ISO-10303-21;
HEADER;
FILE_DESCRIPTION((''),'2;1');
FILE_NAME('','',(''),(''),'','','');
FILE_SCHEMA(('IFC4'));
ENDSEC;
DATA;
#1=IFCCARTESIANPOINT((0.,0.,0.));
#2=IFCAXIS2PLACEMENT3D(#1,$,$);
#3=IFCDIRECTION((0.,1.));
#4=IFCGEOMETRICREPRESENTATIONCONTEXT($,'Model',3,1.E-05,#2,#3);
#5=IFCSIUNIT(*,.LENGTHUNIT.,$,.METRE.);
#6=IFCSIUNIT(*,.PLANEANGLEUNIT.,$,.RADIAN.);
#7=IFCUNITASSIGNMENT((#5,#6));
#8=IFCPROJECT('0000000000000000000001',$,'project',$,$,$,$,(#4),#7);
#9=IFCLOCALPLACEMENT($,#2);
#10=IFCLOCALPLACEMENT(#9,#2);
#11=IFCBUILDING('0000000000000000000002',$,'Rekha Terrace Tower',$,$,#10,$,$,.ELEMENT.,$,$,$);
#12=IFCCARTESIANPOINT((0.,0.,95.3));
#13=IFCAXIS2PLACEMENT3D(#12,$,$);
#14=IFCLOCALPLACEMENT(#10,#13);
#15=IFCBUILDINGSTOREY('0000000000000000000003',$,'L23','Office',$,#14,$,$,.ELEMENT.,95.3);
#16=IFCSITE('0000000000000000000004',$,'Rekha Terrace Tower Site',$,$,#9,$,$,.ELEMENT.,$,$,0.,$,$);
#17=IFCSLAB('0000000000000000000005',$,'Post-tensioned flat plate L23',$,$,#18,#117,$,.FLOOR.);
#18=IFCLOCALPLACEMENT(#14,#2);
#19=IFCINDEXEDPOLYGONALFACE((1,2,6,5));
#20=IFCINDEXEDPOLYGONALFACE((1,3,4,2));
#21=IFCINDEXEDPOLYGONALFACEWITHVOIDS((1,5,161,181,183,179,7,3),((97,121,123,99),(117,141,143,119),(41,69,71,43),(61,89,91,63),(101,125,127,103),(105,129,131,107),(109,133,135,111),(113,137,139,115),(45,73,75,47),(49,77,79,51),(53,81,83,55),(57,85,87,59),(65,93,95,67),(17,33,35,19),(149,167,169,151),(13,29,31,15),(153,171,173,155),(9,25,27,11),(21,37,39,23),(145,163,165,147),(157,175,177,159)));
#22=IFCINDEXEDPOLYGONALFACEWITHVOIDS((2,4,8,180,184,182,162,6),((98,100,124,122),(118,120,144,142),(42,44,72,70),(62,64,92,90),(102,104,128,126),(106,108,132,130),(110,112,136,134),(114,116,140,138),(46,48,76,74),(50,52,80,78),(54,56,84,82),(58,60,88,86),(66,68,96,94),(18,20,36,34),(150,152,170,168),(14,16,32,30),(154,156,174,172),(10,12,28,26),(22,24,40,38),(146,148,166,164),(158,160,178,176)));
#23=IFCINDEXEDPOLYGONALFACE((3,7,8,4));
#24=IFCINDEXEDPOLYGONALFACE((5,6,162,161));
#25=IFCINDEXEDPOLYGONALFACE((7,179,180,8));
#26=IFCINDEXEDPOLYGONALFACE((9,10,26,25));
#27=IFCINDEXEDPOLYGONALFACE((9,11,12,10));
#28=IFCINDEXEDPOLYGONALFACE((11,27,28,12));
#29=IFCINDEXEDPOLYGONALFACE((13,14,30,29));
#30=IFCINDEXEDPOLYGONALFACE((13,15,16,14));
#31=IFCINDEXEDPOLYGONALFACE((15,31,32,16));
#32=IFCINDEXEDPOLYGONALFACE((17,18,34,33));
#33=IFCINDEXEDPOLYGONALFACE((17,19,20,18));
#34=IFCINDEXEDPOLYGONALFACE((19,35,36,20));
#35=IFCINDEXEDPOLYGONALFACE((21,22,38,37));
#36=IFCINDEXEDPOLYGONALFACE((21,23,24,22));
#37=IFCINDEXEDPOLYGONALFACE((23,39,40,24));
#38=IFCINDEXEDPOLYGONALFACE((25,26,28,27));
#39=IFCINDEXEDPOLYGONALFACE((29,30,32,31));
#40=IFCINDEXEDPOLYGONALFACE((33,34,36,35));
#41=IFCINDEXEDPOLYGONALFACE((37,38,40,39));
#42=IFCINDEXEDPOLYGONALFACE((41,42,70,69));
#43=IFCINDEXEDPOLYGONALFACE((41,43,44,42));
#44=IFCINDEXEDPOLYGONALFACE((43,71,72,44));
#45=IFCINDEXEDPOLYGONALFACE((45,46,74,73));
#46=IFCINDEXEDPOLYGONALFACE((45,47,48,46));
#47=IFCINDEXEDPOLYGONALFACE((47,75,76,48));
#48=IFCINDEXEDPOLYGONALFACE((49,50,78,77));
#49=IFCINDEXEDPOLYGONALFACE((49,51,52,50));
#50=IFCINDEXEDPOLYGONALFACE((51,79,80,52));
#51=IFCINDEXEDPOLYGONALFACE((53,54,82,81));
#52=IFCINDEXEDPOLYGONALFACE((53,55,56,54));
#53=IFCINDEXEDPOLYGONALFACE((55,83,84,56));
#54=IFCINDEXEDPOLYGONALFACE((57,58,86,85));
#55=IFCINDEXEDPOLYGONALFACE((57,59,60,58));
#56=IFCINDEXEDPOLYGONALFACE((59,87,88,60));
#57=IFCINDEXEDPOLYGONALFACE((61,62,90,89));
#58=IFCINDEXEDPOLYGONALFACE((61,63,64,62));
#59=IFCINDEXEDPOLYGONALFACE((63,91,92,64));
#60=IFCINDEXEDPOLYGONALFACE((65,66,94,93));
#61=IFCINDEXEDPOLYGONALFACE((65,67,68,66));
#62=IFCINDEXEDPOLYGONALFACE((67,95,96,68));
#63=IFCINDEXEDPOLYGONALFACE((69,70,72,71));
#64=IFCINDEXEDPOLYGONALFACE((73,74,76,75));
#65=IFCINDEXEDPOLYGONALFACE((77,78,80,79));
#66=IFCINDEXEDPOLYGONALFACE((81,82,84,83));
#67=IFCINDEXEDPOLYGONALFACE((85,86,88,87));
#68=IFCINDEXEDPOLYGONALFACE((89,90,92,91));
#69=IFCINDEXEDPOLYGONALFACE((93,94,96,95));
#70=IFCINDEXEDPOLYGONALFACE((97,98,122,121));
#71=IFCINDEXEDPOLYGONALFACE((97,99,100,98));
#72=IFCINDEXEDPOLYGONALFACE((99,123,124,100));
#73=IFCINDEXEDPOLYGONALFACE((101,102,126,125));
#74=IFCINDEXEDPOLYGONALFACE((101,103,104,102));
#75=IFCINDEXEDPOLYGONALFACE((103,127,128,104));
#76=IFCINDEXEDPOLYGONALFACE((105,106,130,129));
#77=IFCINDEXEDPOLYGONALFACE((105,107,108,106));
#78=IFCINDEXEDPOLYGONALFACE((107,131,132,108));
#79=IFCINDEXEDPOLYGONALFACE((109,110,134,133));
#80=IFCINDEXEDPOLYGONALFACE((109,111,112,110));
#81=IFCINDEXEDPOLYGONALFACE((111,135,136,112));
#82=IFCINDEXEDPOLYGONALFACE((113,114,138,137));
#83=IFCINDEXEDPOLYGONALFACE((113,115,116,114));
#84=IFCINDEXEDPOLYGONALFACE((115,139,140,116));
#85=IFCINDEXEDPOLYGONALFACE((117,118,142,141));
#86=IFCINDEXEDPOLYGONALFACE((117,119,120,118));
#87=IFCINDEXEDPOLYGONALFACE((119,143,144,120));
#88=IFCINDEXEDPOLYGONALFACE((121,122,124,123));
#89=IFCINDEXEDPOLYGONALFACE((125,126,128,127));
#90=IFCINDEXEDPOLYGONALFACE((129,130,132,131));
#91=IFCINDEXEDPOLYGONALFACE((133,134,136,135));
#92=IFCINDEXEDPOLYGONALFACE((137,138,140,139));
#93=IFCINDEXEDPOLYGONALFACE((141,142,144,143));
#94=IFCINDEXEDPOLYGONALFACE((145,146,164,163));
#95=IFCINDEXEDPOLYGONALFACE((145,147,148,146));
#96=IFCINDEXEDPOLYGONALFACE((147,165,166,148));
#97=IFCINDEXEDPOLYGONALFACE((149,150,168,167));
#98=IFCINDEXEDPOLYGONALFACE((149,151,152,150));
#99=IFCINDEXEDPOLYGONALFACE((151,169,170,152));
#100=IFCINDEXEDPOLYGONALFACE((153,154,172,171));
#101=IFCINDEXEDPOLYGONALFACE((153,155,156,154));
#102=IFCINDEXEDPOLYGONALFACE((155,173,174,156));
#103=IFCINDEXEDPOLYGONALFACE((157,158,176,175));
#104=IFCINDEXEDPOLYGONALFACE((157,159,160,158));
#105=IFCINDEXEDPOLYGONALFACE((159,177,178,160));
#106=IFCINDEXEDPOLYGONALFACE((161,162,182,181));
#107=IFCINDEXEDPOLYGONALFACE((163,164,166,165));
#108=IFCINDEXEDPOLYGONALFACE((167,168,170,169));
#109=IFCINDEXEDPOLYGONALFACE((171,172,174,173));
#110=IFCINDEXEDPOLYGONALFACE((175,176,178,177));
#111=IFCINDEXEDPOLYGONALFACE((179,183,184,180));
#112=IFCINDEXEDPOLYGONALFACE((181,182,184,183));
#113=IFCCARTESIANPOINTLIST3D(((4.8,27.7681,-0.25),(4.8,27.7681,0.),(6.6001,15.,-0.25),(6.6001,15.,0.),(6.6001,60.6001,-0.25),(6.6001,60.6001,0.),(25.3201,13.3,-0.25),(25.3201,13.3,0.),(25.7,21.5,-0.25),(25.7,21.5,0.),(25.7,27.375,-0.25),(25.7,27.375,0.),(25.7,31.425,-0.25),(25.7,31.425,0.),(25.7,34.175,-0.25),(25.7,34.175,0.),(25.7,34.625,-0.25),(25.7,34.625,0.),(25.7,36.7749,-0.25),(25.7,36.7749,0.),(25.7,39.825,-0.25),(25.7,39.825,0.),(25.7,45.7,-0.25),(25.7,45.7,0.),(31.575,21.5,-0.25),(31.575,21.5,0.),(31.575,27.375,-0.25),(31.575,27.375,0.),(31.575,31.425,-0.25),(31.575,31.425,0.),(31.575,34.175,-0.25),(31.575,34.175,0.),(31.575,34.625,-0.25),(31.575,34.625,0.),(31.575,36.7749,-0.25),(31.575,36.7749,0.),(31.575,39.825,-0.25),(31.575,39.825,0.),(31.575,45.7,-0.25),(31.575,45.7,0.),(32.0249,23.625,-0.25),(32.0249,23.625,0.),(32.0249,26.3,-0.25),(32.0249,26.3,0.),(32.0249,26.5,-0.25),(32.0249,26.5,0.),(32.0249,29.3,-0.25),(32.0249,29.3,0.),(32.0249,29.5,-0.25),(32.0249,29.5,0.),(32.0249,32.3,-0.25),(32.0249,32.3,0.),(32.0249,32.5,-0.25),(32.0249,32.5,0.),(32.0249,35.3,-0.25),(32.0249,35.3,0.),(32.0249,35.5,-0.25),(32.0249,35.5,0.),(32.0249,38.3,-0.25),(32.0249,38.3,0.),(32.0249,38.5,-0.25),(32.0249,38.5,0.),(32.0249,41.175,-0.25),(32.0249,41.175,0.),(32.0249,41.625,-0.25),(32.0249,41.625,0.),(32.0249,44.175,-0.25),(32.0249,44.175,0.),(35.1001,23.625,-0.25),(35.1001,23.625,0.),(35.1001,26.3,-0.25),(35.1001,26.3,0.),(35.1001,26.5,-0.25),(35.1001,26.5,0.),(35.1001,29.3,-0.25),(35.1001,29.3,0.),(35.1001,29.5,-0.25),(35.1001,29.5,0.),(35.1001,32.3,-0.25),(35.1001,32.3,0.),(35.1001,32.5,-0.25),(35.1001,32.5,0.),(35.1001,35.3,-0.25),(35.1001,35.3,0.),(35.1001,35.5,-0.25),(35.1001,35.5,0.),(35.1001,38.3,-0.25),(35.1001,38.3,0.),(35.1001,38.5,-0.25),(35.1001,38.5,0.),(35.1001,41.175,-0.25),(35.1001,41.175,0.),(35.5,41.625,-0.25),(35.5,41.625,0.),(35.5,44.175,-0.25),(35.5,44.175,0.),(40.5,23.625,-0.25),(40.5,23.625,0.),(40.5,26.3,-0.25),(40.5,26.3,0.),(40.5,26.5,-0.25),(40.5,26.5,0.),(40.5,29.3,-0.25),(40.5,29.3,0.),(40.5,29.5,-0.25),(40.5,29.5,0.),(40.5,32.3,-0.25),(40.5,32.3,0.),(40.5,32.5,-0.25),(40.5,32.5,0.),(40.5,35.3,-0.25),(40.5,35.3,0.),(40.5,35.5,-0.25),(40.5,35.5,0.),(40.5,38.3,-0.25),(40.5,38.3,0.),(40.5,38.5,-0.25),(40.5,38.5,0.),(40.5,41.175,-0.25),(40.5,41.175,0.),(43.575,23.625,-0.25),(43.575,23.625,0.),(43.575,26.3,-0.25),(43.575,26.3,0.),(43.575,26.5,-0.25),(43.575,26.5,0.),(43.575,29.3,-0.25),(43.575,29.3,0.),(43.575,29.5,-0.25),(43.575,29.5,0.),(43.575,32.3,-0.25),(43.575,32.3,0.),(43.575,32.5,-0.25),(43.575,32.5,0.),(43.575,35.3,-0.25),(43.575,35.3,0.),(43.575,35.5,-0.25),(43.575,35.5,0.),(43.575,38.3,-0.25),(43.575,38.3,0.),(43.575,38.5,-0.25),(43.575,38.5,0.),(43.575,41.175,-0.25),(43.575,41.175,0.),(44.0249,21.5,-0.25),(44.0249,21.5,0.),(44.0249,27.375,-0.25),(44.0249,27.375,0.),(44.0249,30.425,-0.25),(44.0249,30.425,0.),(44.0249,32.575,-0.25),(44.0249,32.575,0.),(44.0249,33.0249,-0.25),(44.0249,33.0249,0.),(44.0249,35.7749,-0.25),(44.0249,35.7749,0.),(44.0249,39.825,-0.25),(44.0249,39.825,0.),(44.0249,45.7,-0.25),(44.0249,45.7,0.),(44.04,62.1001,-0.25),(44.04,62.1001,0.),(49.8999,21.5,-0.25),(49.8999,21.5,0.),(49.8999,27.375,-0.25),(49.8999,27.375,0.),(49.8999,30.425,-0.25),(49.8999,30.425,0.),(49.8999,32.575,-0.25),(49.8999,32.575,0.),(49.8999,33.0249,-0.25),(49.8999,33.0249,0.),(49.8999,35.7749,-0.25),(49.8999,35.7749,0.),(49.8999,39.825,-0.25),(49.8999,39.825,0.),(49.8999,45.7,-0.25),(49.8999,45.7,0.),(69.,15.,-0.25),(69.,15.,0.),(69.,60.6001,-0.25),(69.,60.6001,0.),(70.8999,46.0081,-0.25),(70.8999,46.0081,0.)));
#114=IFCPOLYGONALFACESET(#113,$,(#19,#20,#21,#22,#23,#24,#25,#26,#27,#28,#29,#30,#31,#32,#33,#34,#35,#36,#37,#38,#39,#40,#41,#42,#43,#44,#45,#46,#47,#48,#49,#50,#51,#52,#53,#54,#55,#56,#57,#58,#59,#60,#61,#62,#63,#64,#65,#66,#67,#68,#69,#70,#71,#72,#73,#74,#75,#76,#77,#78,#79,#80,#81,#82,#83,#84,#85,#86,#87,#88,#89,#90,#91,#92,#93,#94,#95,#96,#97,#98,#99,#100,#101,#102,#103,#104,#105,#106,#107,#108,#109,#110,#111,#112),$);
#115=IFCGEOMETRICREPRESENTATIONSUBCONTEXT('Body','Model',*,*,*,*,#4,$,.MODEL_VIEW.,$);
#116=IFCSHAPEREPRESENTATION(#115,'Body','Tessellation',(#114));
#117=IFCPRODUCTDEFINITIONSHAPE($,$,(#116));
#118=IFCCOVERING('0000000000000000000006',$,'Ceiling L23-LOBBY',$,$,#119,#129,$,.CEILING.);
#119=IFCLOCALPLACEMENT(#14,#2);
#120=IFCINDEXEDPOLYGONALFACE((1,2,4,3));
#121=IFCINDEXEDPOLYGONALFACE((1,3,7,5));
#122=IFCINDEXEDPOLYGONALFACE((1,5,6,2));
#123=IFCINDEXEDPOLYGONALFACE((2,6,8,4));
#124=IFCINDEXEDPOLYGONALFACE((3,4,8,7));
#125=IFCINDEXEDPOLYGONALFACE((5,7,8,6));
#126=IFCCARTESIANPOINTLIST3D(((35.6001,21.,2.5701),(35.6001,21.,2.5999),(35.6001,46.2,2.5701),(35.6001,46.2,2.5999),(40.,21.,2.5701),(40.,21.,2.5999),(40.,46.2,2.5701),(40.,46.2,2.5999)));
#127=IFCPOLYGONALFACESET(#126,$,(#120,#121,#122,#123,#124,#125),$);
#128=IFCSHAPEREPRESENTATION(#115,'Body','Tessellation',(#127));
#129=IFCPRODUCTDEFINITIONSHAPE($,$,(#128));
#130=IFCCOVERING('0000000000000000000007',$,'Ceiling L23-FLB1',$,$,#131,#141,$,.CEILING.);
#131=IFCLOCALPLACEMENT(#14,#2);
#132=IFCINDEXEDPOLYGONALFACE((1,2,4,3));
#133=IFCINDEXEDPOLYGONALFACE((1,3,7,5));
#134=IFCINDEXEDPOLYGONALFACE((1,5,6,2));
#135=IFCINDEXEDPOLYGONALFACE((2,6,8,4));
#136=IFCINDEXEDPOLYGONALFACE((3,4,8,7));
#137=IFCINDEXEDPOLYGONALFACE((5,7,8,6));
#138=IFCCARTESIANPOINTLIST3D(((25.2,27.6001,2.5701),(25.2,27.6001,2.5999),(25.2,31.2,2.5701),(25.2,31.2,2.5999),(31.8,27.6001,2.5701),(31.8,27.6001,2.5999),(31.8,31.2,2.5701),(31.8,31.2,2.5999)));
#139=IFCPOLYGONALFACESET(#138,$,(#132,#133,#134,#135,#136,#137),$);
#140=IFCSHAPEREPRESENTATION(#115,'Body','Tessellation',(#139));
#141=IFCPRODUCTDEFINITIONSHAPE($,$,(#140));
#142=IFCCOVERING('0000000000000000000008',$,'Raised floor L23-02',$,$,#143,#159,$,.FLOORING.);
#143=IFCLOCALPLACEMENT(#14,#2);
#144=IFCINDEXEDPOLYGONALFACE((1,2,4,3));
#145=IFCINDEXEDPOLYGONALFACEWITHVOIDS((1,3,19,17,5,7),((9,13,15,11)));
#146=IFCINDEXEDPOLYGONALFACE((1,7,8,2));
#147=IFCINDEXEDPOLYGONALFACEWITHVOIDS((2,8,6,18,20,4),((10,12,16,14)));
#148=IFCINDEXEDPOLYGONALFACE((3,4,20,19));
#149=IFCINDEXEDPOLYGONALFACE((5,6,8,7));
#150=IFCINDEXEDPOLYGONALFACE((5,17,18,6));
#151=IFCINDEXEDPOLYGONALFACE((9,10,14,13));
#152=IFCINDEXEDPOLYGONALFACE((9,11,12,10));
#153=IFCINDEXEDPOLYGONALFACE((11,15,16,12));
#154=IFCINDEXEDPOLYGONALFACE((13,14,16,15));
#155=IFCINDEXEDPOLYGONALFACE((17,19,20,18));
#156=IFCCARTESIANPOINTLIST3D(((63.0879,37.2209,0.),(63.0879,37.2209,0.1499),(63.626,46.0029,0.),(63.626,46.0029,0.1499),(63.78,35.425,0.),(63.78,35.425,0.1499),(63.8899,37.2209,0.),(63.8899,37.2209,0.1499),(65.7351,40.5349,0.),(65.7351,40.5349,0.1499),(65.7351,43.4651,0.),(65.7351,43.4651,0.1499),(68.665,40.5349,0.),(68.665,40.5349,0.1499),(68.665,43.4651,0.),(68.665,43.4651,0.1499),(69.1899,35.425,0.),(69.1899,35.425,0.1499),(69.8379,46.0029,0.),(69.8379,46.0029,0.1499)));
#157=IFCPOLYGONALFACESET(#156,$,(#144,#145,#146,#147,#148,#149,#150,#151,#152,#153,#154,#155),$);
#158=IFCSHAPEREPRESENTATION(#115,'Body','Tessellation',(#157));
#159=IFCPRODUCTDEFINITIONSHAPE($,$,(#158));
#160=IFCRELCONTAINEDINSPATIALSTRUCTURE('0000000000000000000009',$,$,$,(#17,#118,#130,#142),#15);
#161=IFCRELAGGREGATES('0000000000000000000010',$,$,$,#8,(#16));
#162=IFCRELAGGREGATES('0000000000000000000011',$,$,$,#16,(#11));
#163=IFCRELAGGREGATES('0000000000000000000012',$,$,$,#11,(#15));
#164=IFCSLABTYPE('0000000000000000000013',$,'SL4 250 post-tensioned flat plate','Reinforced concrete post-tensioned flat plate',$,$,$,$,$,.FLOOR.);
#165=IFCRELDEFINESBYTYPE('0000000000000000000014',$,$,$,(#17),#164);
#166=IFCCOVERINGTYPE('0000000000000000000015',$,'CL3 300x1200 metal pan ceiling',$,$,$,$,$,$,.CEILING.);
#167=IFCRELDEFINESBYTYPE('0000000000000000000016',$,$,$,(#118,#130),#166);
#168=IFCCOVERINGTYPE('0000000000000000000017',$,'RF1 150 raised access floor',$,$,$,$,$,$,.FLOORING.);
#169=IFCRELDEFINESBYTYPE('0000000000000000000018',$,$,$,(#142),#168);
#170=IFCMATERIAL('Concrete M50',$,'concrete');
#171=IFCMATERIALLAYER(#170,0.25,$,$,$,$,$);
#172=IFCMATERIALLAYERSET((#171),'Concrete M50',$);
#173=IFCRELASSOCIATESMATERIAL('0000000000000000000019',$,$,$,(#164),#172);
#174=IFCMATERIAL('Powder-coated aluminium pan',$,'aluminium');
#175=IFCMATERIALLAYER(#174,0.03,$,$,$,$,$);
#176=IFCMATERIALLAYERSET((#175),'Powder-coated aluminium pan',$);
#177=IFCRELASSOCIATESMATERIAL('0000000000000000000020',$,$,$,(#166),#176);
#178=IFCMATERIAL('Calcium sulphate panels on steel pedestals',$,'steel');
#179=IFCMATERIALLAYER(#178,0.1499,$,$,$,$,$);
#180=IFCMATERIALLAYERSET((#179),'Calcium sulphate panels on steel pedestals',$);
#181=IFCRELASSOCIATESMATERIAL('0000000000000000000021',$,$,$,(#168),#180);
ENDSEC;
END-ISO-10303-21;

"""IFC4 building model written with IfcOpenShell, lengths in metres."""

from ifc_helpers import new_model, si_unit, direction, frame, origin, place, context, subcontext, project, spatial, polyline, outline, extrude, material, layer, layer_set, type_object, element, save


model = new_model("IFC4")

# Units and contexts
model_context = context("Model", 3, precision=1e-05, world=origin(), true_north=direction((0.0, 1.0)))
body_context = subcontext(model_context, "Body", "Model", "MODEL_VIEW")
ifc_project = project(units=[si_unit("LENGTHUNIT", "METRE"), si_unit("PLANEANGLEUNIT", "RADIAN")], contexts=[model_context])

# Site, building, storey
site_placement = place(None, origin())
site = spatial("IfcSite", under=ifc_project, at=site_placement, Name="Rekha Terrace Tower Site", CompositionType="ELEMENT", RefElevation=0.0)
building_placement = place(site_placement, origin())
building = spatial("IfcBuilding", under=site, at=building_placement, Name="Rekha Terrace Tower", CompositionType="ELEMENT")
storey_placement = place(building_placement, frame((0.0, 0.0, 95.3)))
storey = spatial("IfcBuildingStorey", under=building, at=storey_placement, Name="L23", Description="Office", CompositionType="ELEMENT", Elevation=95.3)

# Slab
ifc_material_1 = material(Name="Concrete M50", Category="concrete")
ifc_layer_1 = layer(ifc_material_1, 0.25)
ifc_layer_set_1 = layer_set([ifc_layer_1], Name="Concrete M50")
slab_type_1 = type_object("IfcSlabType", Name="SL4 250 post-tensioned flat plate", Description="Reinforced concrete post-tensioned flat plate", PredefinedType="FLOOR", material=ifc_layer_set_1)
slab_1_placement = place(storey_placement, frame((0.0, 0.0, -0.25)))
element("IfcSlab", 1, at=slab_1_placement, inside=storey, type_object=slab_type_1, Name="Post-tensioned flat plate L23", PredefinedType="FLOOR", context=body_context, shape_type="SweptSolid", body=[
    extrude(outline(polyline([(4.8, 27.7681), (6.6001, 15.0), (25.3201, 13.3), (69.0, 15.0), (70.8999, 46.0081), (69.0, 60.6001), (44.04, 62.1001), (6.6001, 60.6001), (4.8, 27.7681)]), holes=[polyline([(31.575, 27.375), (31.575, 21.5), (25.7, 21.5), (25.7, 27.375), (31.575, 27.375)]), polyline([(35.1001, 26.3), (35.1001, 23.625), (32.0249, 23.625), (32.0249, 26.3), (35.1001, 26.3)]), polyline([(35.1001, 29.3), (35.1001, 26.5), (32.0249, 26.5), (32.0249, 29.3), (35.1001, 29.3)]), polyline([(35.1001, 29.5), (32.0249, 29.5), (32.0249, 32.3), (35.1001, 32.3), (35.1001, 29.5)]), polyline([(31.575, 31.425), (25.7, 31.425), (25.7, 34.175), (31.575, 34.175), (31.575, 31.425)]), polyline([(35.1001, 35.3), (35.1001, 32.5), (32.0249, 32.5), (32.0249, 35.3), (35.1001, 35.3)]), polyline([(31.575, 36.7749), (31.575, 34.625), (25.7, 34.625), (25.7, 36.7749), (31.575, 36.7749)]), polyline([(35.1001, 38.3), (35.1001, 35.5), (32.0249, 35.5), (32.0249, 38.3), (35.1001, 38.3)]), polyline([(35.1001, 38.5), (32.0249, 38.5), (32.0249, 41.175), (35.1001, 41.175), (35.1001, 38.5)]), polyline([(31.575, 39.825), (25.7, 39.825), (25.7, 45.7), (31.575, 45.7), (31.575, 39.825)]), polyline([(35.5, 44.175), (35.5, 41.625), (32.0249, 41.625), (32.0249, 44.175), (35.5, 44.175)]), polyline([(49.8999, 27.375), (49.8999, 21.5), (44.0249, 21.5), (44.0249, 27.375), (49.8999, 27.375)]), polyline([(43.575, 26.3), (43.575, 23.625), (40.5, 23.625), (40.5, 26.3), (43.575, 26.3)]), polyline([(43.575, 26.5), (40.5, 26.5), (40.5, 29.3), (43.575, 29.3), (43.575, 26.5)]), polyline([(43.575, 29.5), (40.5, 29.5), (40.5, 32.3), (43.575, 32.3), (43.575, 29.5)]), polyline([(49.8999, 32.575), (49.8999, 30.425), (44.0249, 30.425), (44.0249, 32.575), (49.8999, 32.575)]), polyline([(43.575, 32.5), (40.5, 32.5), (40.5, 35.3), (43.575, 35.3), (43.575, 32.5)]), polyline([(49.8999, 33.0249), (44.0249, 33.0249), (44.0249, 35.7749), (49.8999, 35.7749), (49.8999, 33.0249)]), polyline([(43.575, 38.3), (43.575, 35.5), (40.5, 35.5), (40.5, 38.3), (43.575, 38.3)]), polyline([(43.575, 38.5), (40.5, 38.5), (40.5, 41.175), (43.575, 41.175), (43.575, 38.5)]), polyline([(49.8999, 39.825), (44.0249, 39.825), (44.0249, 45.7), (49.8999, 45.7), (49.8999, 39.825)])]), origin(), (0.0, 0.0, 1.0), 0.25),
])

# Coverings
ifc_material_2 = material(Name="Powder-coated aluminium pan", Category="aluminium")
ifc_layer_2 = layer(ifc_material_2, 0.03)
ifc_layer_set_2 = layer_set([ifc_layer_2], Name="Powder-coated aluminium pan")
covering_type_1 = type_object("IfcCoveringType", Name="CL3 300x1200 metal pan ceiling", PredefinedType="CEILING", material=ifc_layer_set_2)
covering_1_placement = place(storey_placement, frame((0.0, 0.0, 2.5701)))
element("IfcCovering", 2, at=covering_1_placement, inside=storey, type_object=covering_type_1, Name="Ceiling L23-LOBBY", PredefinedType="CEILING", context=body_context, shape_type="SweptSolid", body=[
    extrude(outline(polyline([(40.0, 46.2), (35.6001, 46.2), (35.6001, 21.0), (40.0, 21.0), (40.0, 46.2)])), origin(), (0.0, 0.0, 1.0), 0.0298),
])
covering_2_placement = place(storey_placement, frame((0.0, 0.0, 2.5701)))
element("IfcCovering", 3, at=covering_2_placement, inside=storey, type_object=covering_type_1, Name="Ceiling L23-FLB1", PredefinedType="CEILING", context=body_context, shape_type="SweptSolid", body=[
    extrude(outline(polyline([(31.8, 31.2), (25.2, 31.2), (25.2, 27.6001), (31.8, 27.6001), (31.8, 31.2)])), origin(), (0.0, 0.0, 1.0), 0.0298),
])
ifc_material_3 = material(Name="Calcium sulphate panels on steel pedestals", Category="steel")
ifc_layer_3 = layer(ifc_material_3, 0.1499)
ifc_layer_set_3 = layer_set([ifc_layer_3], Name="Calcium sulphate panels on steel pedestals")
covering_type_2 = type_object("IfcCoveringType", Name="RF1 150 raised access floor", PredefinedType="FLOORING", material=ifc_layer_set_3)
covering_3_placement = place(storey_placement, origin())
element("IfcCovering", 4, at=covering_3_placement, inside=storey, type_object=covering_type_2, Name="Raised floor L23-02", PredefinedType="FLOORING", context=body_context, shape_type="SweptSolid", body=[
    extrude(outline(polyline([(63.78, 35.425), (69.1899, 35.425), (69.8379, 46.0029), (63.626, 46.0029), (63.0879, 37.2209), (63.8899, 37.2209), (63.78, 35.425)]), holes=[polyline([(68.665, 40.5349), (65.7351, 40.5349), (65.7351, 43.4651), (68.665, 43.4651), (68.665, 40.5349)])]), origin(), (0.0, 0.0, 1.0), 0.1499),
])

save(model, "model.ifc")
